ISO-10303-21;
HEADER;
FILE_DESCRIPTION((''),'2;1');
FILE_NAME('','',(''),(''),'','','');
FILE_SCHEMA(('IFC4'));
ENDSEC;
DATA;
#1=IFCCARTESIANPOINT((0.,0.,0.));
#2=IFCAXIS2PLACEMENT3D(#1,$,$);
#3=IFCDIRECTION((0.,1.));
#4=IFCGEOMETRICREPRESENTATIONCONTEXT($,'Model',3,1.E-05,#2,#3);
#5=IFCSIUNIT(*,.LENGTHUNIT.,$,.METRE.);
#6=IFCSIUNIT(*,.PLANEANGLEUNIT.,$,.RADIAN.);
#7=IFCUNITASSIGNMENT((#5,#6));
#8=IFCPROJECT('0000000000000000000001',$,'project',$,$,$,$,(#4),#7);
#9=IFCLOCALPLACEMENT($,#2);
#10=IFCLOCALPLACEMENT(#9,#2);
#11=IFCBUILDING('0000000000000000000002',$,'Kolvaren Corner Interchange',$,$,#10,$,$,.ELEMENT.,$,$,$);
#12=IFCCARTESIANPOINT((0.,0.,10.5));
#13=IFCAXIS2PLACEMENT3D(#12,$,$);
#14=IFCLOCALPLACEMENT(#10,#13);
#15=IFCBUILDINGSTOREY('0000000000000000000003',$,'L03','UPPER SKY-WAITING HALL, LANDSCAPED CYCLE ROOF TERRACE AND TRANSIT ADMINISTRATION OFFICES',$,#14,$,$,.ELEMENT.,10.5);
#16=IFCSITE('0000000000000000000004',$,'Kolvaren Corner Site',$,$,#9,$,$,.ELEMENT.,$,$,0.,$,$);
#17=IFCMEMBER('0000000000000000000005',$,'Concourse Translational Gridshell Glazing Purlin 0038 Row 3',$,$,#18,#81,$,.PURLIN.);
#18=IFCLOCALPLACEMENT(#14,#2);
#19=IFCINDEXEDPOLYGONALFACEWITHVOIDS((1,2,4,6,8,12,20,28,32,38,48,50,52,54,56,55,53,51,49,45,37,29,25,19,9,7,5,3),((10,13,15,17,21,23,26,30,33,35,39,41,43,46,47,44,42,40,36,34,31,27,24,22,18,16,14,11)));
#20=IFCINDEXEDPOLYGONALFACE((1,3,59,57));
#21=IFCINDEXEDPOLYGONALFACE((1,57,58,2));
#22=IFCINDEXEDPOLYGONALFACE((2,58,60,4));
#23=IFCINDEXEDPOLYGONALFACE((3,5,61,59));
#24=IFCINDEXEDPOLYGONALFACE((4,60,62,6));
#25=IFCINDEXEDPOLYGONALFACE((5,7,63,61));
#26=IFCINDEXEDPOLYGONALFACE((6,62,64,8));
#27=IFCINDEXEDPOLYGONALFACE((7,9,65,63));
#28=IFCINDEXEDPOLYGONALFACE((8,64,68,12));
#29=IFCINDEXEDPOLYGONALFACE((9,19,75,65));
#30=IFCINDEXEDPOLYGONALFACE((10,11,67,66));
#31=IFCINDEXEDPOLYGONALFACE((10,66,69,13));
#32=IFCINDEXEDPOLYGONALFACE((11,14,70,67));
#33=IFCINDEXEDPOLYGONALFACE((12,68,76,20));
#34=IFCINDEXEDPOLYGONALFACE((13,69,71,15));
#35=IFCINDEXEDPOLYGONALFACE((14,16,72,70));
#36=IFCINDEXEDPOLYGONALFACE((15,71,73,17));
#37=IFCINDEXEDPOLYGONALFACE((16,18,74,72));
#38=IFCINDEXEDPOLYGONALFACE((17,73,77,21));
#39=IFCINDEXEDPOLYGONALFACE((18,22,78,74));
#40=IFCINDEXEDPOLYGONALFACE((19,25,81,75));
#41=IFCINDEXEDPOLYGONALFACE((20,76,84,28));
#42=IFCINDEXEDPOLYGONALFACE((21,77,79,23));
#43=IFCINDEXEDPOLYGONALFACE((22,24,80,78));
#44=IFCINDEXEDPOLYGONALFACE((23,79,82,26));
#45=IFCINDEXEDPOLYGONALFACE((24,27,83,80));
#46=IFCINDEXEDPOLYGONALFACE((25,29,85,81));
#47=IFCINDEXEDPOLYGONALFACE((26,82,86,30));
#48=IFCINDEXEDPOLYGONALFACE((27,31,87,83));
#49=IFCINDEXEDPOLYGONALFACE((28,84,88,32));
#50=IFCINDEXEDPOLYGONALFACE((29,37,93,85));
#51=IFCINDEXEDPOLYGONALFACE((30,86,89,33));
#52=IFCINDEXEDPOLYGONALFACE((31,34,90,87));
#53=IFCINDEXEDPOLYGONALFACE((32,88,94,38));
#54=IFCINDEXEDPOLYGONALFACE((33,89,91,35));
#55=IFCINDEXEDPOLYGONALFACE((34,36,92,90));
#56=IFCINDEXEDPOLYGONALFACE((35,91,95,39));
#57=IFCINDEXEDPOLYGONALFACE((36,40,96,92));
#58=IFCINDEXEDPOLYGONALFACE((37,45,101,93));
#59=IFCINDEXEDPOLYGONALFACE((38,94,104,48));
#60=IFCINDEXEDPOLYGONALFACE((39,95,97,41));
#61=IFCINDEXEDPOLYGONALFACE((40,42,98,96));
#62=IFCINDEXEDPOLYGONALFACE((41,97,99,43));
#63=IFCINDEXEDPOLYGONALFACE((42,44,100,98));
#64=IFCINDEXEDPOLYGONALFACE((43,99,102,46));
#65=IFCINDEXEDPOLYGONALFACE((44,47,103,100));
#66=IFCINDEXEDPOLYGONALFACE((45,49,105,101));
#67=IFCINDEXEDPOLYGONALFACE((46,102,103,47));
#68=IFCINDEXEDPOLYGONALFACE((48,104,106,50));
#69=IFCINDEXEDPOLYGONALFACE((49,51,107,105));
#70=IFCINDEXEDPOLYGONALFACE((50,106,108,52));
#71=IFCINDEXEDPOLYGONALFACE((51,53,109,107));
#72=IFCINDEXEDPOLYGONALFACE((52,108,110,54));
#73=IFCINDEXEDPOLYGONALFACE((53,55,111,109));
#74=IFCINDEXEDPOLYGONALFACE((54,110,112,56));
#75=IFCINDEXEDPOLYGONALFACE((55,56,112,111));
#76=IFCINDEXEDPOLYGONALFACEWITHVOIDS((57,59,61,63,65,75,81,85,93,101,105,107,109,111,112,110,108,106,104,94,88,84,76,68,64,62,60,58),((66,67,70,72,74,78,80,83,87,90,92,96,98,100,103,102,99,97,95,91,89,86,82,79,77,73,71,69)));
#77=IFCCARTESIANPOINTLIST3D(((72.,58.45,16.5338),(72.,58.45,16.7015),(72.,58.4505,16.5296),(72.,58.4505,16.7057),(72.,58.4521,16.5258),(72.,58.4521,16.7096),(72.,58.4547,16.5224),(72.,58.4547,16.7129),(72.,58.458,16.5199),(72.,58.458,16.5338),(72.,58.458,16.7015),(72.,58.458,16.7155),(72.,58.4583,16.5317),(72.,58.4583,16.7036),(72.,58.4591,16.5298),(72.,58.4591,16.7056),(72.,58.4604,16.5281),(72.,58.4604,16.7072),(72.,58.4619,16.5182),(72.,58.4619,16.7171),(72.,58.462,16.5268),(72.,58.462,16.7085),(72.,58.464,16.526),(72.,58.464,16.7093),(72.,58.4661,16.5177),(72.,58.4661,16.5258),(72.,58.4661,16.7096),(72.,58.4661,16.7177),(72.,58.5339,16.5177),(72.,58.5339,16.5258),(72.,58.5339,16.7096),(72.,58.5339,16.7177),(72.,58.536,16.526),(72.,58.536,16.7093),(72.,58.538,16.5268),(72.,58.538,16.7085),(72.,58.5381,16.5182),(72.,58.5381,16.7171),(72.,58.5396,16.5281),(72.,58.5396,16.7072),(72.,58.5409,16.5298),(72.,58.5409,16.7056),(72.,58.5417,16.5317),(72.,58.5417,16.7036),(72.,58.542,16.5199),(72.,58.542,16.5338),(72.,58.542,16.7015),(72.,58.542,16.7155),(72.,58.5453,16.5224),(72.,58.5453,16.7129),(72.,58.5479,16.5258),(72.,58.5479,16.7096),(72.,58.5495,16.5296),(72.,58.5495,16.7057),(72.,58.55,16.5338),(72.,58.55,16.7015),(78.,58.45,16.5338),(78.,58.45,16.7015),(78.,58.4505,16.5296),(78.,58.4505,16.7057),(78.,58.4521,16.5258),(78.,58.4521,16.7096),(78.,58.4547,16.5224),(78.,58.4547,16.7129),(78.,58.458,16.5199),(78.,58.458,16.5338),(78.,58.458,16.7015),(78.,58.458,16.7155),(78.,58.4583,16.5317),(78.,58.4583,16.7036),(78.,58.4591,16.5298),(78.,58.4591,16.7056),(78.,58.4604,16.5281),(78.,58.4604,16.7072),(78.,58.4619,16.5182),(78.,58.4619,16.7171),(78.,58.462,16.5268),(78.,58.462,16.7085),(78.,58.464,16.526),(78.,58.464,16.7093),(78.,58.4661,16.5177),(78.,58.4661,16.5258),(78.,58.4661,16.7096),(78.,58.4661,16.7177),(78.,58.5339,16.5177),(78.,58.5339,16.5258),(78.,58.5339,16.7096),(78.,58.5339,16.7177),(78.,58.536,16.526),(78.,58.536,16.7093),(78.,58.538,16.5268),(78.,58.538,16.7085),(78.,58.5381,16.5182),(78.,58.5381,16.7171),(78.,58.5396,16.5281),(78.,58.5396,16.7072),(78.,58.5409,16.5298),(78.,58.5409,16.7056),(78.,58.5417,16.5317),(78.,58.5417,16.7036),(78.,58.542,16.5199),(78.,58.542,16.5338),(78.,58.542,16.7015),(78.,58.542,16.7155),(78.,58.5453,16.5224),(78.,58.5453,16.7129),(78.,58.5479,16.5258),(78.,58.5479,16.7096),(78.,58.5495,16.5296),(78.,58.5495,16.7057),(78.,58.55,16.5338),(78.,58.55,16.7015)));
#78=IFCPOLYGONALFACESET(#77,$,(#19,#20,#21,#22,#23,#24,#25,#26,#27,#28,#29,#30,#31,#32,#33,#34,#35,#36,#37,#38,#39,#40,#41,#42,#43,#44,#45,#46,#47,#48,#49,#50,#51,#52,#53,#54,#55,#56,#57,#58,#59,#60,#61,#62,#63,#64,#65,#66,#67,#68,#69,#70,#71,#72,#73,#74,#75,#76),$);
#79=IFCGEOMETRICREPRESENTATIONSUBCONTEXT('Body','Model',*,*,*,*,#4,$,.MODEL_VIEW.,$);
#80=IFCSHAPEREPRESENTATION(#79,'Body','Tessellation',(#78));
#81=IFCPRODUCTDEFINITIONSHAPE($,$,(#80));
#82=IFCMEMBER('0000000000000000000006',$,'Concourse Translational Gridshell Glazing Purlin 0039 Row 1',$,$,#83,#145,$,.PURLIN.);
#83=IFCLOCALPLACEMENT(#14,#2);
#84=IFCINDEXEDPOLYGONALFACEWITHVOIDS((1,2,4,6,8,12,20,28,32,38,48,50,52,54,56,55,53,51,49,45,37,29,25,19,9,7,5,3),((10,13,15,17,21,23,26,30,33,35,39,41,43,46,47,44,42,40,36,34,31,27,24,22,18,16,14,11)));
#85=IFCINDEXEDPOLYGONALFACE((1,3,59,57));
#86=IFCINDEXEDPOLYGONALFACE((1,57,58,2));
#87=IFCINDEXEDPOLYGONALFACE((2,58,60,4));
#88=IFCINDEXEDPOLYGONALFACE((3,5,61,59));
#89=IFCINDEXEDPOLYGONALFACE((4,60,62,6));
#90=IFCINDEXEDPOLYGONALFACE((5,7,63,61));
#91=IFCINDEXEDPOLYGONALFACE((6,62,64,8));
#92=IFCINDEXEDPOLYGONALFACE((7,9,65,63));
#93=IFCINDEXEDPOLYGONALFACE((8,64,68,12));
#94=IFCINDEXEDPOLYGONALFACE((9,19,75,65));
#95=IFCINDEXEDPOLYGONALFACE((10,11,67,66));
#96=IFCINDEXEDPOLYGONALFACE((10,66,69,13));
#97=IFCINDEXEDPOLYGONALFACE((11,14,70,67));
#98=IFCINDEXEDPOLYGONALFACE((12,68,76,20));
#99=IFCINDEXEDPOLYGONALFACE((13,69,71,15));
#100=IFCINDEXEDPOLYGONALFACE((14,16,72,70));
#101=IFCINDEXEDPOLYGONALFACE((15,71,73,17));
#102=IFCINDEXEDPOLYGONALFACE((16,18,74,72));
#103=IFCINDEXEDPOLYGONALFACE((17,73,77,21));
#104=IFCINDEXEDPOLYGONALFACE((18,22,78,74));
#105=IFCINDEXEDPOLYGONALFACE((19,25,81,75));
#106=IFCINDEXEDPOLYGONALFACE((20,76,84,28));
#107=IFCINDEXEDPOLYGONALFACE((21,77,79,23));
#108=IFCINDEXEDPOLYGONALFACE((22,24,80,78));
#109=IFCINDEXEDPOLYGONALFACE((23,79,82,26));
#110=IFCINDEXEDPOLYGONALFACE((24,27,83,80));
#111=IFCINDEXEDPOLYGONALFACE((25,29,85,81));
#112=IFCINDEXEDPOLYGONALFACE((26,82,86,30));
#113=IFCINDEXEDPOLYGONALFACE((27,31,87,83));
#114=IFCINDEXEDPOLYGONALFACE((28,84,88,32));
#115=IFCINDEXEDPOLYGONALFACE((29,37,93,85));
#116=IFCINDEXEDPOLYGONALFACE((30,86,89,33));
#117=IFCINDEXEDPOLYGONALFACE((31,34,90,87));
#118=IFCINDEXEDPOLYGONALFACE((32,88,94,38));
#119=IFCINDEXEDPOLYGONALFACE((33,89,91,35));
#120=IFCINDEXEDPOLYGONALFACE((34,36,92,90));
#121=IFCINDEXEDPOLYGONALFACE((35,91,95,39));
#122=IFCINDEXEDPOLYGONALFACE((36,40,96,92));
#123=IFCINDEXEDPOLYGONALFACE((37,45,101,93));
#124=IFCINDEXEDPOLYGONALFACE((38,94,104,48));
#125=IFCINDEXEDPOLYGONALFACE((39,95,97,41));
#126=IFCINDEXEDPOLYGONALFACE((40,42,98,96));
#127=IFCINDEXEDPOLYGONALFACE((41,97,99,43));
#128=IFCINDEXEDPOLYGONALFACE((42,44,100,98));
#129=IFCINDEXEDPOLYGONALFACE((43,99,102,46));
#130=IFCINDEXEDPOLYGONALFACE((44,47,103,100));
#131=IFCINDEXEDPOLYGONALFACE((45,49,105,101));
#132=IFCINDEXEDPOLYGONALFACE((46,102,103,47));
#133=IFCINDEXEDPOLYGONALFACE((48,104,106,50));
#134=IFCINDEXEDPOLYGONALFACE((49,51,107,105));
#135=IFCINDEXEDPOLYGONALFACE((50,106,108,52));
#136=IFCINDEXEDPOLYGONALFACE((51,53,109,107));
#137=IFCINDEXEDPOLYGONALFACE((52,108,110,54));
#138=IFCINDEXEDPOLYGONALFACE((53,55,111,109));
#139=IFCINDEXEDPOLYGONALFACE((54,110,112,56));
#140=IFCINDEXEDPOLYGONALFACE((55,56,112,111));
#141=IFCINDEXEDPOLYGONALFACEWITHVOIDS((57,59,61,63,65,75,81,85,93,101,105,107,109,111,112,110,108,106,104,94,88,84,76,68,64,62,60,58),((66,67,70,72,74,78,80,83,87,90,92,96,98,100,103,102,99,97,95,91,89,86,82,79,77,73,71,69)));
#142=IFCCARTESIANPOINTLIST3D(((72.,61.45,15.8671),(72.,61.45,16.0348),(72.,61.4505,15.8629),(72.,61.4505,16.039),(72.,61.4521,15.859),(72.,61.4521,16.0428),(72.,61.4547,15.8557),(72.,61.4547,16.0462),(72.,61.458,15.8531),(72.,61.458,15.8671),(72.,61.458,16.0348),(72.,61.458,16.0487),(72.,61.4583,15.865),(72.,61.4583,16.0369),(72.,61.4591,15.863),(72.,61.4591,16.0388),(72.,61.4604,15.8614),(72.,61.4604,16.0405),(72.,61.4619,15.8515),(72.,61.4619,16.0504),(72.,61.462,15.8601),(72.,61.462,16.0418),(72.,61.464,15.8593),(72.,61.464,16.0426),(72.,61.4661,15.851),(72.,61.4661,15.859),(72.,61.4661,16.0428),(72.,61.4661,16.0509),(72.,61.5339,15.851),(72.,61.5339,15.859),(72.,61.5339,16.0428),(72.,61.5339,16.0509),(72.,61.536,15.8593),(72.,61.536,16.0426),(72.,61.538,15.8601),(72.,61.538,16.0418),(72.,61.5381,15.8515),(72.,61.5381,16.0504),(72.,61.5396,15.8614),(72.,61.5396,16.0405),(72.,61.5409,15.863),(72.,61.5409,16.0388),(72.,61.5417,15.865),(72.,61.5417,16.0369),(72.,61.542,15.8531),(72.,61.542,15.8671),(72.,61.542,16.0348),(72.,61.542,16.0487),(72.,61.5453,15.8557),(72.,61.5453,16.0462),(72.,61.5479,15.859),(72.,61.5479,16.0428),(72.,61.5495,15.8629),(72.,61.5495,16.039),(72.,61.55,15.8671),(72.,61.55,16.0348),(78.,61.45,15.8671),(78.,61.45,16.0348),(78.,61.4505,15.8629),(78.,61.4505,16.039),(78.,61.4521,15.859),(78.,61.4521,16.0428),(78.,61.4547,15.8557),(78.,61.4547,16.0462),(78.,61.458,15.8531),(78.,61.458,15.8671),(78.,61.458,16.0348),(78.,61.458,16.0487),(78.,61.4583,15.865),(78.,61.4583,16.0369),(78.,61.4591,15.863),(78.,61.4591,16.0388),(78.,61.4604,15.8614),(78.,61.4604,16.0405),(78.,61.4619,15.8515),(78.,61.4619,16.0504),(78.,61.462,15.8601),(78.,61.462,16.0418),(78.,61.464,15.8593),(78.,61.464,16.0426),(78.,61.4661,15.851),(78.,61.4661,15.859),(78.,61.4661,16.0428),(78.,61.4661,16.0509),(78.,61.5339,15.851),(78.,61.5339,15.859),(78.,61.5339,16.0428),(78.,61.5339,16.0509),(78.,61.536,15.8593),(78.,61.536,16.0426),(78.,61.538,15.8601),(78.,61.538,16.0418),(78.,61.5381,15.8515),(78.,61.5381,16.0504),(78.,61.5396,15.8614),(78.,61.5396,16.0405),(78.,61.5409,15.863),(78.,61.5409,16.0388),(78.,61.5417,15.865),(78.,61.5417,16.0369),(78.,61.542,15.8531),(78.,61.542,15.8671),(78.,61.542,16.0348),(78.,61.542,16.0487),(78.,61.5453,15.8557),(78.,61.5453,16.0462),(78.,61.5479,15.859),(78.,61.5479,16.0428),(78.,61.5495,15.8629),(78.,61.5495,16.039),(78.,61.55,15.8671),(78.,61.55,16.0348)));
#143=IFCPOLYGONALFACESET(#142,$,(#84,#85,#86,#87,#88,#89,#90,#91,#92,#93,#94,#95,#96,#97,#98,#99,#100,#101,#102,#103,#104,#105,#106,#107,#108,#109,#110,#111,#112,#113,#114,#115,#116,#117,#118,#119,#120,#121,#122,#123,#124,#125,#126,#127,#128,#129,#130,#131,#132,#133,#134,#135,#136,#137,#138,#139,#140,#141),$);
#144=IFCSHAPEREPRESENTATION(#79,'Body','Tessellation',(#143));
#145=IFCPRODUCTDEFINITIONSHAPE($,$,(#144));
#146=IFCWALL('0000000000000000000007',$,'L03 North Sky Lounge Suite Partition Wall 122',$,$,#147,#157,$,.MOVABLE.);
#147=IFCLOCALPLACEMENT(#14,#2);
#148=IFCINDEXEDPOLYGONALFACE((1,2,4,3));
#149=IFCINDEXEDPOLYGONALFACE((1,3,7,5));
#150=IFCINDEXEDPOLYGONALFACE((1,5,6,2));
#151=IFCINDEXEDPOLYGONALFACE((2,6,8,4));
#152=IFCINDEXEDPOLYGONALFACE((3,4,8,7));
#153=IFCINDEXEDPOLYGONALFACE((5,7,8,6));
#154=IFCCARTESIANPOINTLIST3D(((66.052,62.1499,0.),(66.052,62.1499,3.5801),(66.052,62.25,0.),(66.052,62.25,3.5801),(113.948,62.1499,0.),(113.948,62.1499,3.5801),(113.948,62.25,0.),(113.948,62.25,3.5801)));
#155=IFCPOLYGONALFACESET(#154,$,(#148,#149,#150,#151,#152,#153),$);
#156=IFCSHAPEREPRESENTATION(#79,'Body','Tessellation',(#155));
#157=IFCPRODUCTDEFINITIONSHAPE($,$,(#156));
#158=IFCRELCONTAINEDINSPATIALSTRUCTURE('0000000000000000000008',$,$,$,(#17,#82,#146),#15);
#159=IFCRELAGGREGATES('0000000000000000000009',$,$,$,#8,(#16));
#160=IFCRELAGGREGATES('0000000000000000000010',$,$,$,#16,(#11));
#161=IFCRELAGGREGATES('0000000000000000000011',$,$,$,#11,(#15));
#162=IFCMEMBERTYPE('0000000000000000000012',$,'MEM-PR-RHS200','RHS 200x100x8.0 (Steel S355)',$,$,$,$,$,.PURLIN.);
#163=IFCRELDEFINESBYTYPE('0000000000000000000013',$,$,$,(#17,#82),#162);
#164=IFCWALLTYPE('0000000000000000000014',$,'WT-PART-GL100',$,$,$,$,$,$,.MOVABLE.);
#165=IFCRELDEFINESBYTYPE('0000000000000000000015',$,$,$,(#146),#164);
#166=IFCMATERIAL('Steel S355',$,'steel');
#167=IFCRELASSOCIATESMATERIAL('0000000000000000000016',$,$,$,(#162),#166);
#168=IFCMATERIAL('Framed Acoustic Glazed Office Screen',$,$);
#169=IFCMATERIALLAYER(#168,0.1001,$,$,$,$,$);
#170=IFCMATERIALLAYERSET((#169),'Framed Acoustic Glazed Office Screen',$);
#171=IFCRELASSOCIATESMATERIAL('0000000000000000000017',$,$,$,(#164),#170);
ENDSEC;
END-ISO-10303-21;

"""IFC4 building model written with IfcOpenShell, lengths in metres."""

from ifc_helpers import new_model, si_unit, direction, frame, frame_2d, origin, origin_2d, place, context, subcontext, project, spatial, rectangle, hollow_rectangle, extrude, material, layer, layer_set, material_profile, profile_set, type_object, element, save


model = new_model("IFC4")

# Units and contexts
model_context = context("Model", 3, precision=1e-05, world=origin(), true_north=direction((0.0, 1.0)))
body_context = subcontext(model_context, "Body", "Model", "MODEL_VIEW")
ifc_project = project(units=[si_unit("LENGTHUNIT", "METRE"), si_unit("PLANEANGLEUNIT", "RADIAN")], contexts=[model_context])

# Site, building, storey
site_placement = place(None, origin())
site = spatial("IfcSite", under=ifc_project, at=site_placement, Name="Kolvaren Corner Site", CompositionType="ELEMENT", RefElevation=0.0)
building_placement = place(site_placement, origin())
building = spatial("IfcBuilding", under=site, at=building_placement, Name="Kolvaren Corner Interchange", CompositionType="ELEMENT")
storey_placement = place(building_placement, frame((0.0, 0.0, 10.5)))
storey = spatial("IfcBuildingStorey", under=building, at=storey_placement, Name="L03", Description="UPPER SKY-WAITING HALL, LANDSCAPED CYCLE ROOF TERRACE AND TRANSIT ADMINISTRATION OFFICES", CompositionType="ELEMENT", Elevation=10.5)

# Members
ifc_material_1 = material(Name="Steel S355", Category="steel")
ifc_material_profile_1 = material_profile(ifc_material_1, hollow_rectangle(XDim=0.1001, YDim=0.2, WallThickness=0.0081, InnerFilletRadius=0.0081, OuterFilletRadius=0.0161, at=origin_2d()), Name="RHS 200x100x8.0")
ifc_profile_set_1 = profile_set([ifc_material_profile_1], Name="Steel S355")
member_type_1 = type_object("IfcMemberType", Name="MEM-PR-RHS200", Description="RHS 200x100x8.0 (Steel S355)", PredefinedType="PURLIN", material=ifc_profile_set_1)
for number, where, z_axis, x_axis, name in (
    (1, (72.0, 58.5, 16.6177), (1.0, 0.0, 0.0), (0.0, 1.0, 0.0), "Concourse Translational Gridshell Glazing Purlin 0038 Row 3"),
    (2, (72.0, 61.5, 15.9509), (1.0, 0.0, 0.0), (0.0, 1.0, 0.0), "Concourse Translational Gridshell Glazing Purlin 0039 Row 1"),
):
    element("IfcMember", number, at=place(storey_placement, frame(where, z_axis=z_axis, x_axis=x_axis)), inside=storey, type_object=member_type_1, Name=name, PredefinedType="PURLIN", context=body_context, shape_type="SweptSolid", body=[
        extrude(hollow_rectangle(XDim=0.1001, YDim=0.2, WallThickness=0.0081, InnerFilletRadius=0.0081, OuterFilletRadius=0.0161, at=origin_2d()), origin(), (0.0, 0.0, 1.0), 6.0),
    ])

# Wall
ifc_material_2 = material(Name="Framed Acoustic Glazed Office Screen")
ifc_layer = layer(ifc_material_2, 0.1001)
ifc_layer_set = layer_set([ifc_layer], Name="Framed Acoustic Glazed Office Screen")
wall_type = type_object("IfcWallType", Name="WT-PART-GL100", PredefinedType="MOVABLE", material=ifc_layer_set)
wall_placement = place(storey_placement, frame((66.052, 62.2, 0.0), z_axis=(0.0, 0.0, 1.0), x_axis=(1.0, 0.0, 0.0)))
element("IfcWall", 3, at=wall_placement, inside=storey, type_object=wall_type, Name="L03 North Sky Lounge Suite Partition Wall 122", PredefinedType="MOVABLE", context=body_context, shape_type="SweptSolid", body=[
    extrude(rectangle(XDim=47.896, YDim=0.1001, at=frame_2d((23.948, 0.0))), origin(), (0.0, 0.0, 1.0), 3.5801),
])

save(model, "model.ifc")
